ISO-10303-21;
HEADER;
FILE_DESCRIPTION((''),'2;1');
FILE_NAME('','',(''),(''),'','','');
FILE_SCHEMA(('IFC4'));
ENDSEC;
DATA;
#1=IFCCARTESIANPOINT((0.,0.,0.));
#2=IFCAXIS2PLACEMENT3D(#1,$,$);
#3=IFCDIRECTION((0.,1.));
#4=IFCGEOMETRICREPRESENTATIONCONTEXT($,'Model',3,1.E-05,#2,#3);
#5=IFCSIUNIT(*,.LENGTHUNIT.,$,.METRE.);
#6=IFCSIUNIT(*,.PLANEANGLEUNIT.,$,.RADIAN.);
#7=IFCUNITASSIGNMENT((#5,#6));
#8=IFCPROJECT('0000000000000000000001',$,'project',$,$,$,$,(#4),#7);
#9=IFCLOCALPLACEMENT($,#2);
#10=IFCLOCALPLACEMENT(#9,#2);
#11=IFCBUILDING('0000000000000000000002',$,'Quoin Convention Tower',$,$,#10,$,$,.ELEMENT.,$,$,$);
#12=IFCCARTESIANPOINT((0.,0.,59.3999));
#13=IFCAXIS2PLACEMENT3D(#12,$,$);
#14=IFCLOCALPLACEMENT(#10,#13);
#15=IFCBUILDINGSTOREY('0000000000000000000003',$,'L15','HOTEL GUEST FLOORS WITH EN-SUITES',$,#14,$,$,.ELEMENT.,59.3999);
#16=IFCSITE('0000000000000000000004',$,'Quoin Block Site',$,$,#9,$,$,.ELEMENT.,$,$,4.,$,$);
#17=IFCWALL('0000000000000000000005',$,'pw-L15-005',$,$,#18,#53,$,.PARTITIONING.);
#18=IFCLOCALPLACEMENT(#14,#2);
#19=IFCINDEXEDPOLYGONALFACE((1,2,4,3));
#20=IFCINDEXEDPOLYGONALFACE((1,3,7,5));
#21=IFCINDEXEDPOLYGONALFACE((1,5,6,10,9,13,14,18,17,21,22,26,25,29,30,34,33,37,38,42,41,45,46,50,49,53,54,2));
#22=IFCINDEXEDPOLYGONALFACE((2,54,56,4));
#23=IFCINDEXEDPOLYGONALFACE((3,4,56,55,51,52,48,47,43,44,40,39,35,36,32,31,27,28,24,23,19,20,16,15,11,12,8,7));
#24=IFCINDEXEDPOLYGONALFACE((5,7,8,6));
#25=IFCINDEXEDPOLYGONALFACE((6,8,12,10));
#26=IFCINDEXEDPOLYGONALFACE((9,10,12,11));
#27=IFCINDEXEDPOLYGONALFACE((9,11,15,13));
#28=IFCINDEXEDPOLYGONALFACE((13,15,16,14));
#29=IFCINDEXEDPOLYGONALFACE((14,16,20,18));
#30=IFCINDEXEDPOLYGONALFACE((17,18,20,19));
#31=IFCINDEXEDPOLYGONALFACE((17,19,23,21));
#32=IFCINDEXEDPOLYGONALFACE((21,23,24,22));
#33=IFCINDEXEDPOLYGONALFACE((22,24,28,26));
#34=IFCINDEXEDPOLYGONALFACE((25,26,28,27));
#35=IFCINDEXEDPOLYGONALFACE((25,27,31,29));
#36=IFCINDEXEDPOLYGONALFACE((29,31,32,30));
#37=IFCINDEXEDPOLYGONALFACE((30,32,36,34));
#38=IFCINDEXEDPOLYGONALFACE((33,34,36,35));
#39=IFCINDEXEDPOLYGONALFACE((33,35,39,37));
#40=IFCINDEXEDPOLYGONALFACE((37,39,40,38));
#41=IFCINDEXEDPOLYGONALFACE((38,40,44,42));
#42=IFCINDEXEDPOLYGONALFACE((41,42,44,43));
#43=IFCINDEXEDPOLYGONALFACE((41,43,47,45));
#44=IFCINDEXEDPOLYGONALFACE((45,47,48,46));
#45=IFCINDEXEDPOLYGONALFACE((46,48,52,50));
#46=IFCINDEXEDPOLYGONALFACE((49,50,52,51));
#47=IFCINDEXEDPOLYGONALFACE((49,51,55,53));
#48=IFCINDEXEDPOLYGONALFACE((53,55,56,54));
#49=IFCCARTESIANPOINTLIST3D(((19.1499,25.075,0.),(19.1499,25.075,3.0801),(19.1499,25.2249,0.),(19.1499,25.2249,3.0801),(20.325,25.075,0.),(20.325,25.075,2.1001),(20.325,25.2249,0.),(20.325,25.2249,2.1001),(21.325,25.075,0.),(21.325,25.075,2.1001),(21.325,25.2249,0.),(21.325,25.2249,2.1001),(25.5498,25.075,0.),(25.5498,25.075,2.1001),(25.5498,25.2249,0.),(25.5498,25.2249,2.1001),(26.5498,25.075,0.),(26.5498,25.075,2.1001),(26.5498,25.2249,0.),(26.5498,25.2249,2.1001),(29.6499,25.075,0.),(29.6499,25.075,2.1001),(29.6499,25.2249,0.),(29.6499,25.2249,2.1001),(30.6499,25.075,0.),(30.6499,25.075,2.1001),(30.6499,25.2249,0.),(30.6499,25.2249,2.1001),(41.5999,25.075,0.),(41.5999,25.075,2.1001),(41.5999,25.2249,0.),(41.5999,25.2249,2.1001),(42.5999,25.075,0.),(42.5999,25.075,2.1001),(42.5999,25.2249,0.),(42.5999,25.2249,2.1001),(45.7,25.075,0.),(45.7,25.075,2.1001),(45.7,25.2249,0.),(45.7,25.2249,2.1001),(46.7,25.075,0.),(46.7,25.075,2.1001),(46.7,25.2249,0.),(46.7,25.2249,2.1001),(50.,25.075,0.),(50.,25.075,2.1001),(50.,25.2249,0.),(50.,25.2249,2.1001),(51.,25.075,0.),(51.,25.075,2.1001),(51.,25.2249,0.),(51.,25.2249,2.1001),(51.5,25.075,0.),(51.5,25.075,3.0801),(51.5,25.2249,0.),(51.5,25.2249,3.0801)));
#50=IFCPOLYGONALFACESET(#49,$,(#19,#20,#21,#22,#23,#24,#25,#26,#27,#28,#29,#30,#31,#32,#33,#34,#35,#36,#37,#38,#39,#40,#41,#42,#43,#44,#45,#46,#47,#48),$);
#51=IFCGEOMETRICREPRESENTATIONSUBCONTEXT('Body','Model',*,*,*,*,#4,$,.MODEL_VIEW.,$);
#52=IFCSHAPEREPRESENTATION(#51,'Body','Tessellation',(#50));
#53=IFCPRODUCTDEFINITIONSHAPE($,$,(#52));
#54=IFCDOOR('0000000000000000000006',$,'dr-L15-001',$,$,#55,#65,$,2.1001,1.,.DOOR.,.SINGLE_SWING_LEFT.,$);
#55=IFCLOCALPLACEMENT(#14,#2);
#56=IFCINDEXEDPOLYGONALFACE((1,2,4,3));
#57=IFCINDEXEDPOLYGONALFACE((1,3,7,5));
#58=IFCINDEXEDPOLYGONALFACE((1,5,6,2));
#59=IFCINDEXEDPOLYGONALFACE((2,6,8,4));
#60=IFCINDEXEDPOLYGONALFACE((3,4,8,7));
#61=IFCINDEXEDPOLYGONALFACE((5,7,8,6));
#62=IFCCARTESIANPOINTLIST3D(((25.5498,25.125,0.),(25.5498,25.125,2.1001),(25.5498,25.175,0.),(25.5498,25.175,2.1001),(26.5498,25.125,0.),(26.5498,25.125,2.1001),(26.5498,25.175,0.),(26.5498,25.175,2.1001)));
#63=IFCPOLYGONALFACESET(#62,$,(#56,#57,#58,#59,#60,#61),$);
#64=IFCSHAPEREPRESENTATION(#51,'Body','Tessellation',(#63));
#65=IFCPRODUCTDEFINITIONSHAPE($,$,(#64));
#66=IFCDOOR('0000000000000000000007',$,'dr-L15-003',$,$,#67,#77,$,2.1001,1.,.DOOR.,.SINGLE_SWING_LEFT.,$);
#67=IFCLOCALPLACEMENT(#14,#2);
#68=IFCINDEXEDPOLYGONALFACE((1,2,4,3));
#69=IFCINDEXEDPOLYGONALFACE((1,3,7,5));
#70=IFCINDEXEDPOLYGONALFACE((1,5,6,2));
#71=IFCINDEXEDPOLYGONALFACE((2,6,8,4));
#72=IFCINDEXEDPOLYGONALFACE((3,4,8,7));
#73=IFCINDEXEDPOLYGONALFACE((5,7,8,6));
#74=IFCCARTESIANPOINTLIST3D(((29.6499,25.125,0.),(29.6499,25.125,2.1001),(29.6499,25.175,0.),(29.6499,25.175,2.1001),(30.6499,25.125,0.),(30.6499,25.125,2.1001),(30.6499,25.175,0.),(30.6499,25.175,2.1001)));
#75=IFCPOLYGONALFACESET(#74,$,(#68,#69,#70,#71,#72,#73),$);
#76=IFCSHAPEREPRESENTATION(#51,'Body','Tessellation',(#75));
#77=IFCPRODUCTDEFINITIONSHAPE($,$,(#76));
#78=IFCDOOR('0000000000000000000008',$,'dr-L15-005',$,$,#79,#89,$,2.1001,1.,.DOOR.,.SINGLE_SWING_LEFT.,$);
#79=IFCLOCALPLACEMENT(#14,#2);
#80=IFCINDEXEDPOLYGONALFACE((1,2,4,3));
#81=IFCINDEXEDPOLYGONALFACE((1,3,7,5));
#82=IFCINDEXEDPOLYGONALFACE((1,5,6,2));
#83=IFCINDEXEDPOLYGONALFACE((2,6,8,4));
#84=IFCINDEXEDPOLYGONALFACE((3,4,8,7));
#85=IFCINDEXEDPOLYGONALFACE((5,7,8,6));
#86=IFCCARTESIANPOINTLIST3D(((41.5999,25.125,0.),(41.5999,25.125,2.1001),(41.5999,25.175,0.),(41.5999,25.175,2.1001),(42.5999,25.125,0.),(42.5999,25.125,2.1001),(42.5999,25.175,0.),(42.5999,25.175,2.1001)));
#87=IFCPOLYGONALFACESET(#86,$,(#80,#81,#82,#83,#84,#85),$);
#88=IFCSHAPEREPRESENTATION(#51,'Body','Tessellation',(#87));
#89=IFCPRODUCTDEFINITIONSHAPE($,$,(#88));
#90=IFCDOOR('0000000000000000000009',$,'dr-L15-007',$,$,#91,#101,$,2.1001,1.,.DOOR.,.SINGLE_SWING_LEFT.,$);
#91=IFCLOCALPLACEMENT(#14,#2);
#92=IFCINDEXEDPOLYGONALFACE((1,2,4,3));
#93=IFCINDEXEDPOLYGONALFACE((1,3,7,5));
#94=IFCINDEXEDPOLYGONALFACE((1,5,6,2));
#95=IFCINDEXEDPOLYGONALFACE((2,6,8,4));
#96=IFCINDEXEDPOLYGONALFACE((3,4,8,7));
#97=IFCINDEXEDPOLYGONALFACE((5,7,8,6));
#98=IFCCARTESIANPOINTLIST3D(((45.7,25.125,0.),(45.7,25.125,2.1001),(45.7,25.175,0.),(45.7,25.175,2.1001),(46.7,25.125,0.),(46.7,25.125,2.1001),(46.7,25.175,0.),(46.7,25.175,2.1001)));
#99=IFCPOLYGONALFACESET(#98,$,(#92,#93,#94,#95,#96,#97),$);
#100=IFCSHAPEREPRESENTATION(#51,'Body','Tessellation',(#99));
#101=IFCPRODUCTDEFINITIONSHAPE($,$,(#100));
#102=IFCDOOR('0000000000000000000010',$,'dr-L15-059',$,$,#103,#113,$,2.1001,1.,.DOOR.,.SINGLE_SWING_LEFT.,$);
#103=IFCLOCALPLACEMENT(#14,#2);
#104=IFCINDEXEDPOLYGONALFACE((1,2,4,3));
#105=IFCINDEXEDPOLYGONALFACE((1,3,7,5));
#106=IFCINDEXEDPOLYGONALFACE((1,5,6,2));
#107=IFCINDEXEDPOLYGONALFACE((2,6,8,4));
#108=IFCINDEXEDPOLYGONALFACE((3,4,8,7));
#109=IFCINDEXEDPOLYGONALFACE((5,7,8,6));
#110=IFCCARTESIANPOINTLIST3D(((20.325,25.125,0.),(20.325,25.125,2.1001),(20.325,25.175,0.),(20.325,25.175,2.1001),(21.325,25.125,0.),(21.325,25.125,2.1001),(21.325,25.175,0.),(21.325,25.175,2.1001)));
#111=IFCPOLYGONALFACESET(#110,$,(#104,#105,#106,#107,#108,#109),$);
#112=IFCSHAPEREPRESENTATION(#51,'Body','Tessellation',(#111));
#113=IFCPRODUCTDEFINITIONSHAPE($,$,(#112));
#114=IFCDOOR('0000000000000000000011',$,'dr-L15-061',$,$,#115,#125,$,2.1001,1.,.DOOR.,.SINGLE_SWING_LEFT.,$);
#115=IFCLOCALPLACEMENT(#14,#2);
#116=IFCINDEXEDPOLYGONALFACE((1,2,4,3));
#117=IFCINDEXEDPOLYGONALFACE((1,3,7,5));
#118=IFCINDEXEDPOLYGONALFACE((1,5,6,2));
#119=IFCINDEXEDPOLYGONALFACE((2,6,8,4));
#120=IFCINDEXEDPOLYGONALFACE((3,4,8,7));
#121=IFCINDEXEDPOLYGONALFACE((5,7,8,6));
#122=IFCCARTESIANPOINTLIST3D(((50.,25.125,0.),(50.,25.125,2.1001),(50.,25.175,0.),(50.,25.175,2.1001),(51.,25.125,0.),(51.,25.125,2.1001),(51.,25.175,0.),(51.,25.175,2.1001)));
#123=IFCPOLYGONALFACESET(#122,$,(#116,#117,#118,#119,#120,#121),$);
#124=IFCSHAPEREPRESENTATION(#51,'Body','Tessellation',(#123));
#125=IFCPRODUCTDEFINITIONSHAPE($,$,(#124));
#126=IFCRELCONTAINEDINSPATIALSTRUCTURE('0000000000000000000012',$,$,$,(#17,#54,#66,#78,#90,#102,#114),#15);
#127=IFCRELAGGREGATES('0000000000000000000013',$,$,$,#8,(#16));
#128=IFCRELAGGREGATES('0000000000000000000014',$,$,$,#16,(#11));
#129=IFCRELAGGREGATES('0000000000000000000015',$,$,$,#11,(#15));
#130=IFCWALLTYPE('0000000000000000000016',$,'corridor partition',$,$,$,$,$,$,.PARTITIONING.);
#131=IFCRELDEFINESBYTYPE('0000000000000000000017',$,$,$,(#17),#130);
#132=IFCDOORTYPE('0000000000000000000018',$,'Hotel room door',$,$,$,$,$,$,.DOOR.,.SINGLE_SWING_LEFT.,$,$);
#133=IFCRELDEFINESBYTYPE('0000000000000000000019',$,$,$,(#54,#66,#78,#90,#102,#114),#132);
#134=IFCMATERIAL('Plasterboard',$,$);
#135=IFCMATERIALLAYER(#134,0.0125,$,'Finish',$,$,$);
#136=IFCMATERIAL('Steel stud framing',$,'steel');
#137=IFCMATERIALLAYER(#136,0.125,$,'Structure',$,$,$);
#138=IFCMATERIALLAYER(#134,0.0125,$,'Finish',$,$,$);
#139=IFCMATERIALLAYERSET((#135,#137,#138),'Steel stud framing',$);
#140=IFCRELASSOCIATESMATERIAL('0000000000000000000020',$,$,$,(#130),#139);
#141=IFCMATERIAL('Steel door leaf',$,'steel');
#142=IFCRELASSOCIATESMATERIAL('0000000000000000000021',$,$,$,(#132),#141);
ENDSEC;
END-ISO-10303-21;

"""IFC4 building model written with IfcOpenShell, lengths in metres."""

from ifc_helpers import new_model, si_unit, direction, frame, frame_2d, origin, place, context, subcontext, project, spatial, rectangle, extrude, material, layer, layer_set, type_object, element, fill, save


model = new_model("IFC4")

# Units and contexts
model_context = context("Model", 3, precision=1e-05, world=origin(), true_north=direction((0.0, 1.0)))
body_context = subcontext(model_context, "Body", "Model", "MODEL_VIEW")
ifc_project = project(units=[si_unit("LENGTHUNIT", "METRE"), si_unit("PLANEANGLEUNIT", "RADIAN")], contexts=[model_context])

# Site, building, storey
site_placement = place(None, origin())
site = spatial("IfcSite", under=ifc_project, at=site_placement, Name="Quoin Block Site", CompositionType="ELEMENT", RefElevation=4.0)
building_placement = place(site_placement, origin())
building = spatial("IfcBuilding", under=site, at=building_placement, Name="Quoin Convention Tower", CompositionType="ELEMENT")
storey_placement = place(building_placement, frame((0.0, 0.0, 59.3999)))
storey = spatial("IfcBuildingStorey", under=building, at=storey_placement, Name="L15", Description="HOTEL GUEST FLOORS WITH EN-SUITES", CompositionType="ELEMENT", Elevation=59.3999)

# Shared definitions
ifc_material_1 = material(Name="Steel door leaf", Category="steel")

# Wall, openings, doors
ifc_material_2 = material(Name="Plasterboard")
ifc_layer_1 = layer(ifc_material_2, 0.0125, Name="Finish")
ifc_material_3 = material(Name="Steel stud framing", Category="steel")
ifc_layer_2 = layer(ifc_material_3, 0.125, Name="Structure")
ifc_layer_3 = layer(ifc_material_2, 0.0125, Name="Finish")
ifc_layer_set_1 = layer_set([ifc_layer_1, ifc_layer_2, ifc_layer_3], Name="Steel stud framing")
wall_type_1 = type_object("IfcWallType", Name="corridor partition", PredefinedType="PARTITIONING", material=ifc_layer_set_1)
wall_1_placement = place(storey_placement, frame((19.1499, 25.1499, 0.0), z_axis=(0.0, 0.0, 1.0), x_axis=(1.0, 0.0, 0.0)))
wall_1 = element("IfcWall", 1, at=wall_1_placement, inside=storey, type_object=wall_type_1, Name="pw-L15-005", PredefinedType="PARTITIONING", context=body_context, shape_type="SweptSolid", body=[
    extrude(rectangle(XDim=32.3501, YDim=0.1499, at=frame_2d((16.175, 0.0))), origin(), (0.0, 0.0, 1.0), 3.0801),
])
opening_1_placement = place(wall_1_placement, frame((6.3999, 0.0, 0.0)))
opening_1 = element("IfcOpeningElement", 2, at=opening_1_placement, cuts=wall_1, PredefinedType="OPENING", context=body_context, shape_type="SweptSolid", body=[
    extrude(rectangle(XDim=1.0, YDim=2.1001, at=frame_2d((0.5, 1.05))), frame((0.0, 0.085, 0.0), z_axis=(0.0, -1.0, 0.0), x_axis=(1.0, 0.0, 0.0)), (0.0, 0.0, 1.0), 0.1699),
])
opening_2_placement = place(wall_1_placement, frame((10.5, 0.0, 0.0)))
opening_2 = element("IfcOpeningElement", 3, at=opening_2_placement, cuts=wall_1, PredefinedType="OPENING", context=body_context, shape_type="SweptSolid", body=[
    extrude(rectangle(XDim=1.0, YDim=2.1001, at=frame_2d((0.5, 1.05))), frame((0.0, 0.085, 0.0), z_axis=(0.0, -1.0, 0.0), x_axis=(1.0, 0.0, 0.0)), (0.0, 0.0, 1.0), 0.1699),
])
opening_3_placement = place(wall_1_placement, frame((22.45, 0.0, 0.0)))
opening_3 = element("IfcOpeningElement", 4, at=opening_3_placement, cuts=wall_1, PredefinedType="OPENING", context=body_context, shape_type="SweptSolid", body=[
    extrude(rectangle(XDim=1.0, YDim=2.1001, at=frame_2d((0.5, 1.05))), frame((0.0, 0.085, 0.0), z_axis=(0.0, -1.0, 0.0), x_axis=(1.0, 0.0, 0.0)), (0.0, 0.0, 1.0), 0.1699),
])
opening_4_placement = place(wall_1_placement, frame((26.55, 0.0, 0.0)))
opening_4 = element("IfcOpeningElement", 5, at=opening_4_placement, cuts=wall_1, PredefinedType="OPENING", context=body_context, shape_type="SweptSolid", body=[
    extrude(rectangle(XDim=1.0, YDim=2.1001, at=frame_2d((0.5, 1.05))), frame((0.0, 0.085, 0.0), z_axis=(0.0, -1.0, 0.0), x_axis=(1.0, 0.0, 0.0)), (0.0, 0.0, 1.0), 0.1699),
])
opening_5_placement = place(wall_1_placement, frame((1.175, 0.0, 0.0)))
opening_5 = element("IfcOpeningElement", 6, at=opening_5_placement, cuts=wall_1, PredefinedType="OPENING", context=body_context, shape_type="SweptSolid", body=[
    extrude(rectangle(XDim=1.0, YDim=2.1001, at=frame_2d((0.5, 1.05))), frame((0.0, 0.085, 0.0), z_axis=(0.0, -1.0, 0.0), x_axis=(1.0, 0.0, 0.0)), (0.0, 0.0, 1.0), 0.1699),
])
opening_6_placement = place(wall_1_placement, frame((30.8501, 0.0, 0.0)))
opening_6 = element("IfcOpeningElement", 7, at=opening_6_placement, cuts=wall_1, PredefinedType="OPENING", context=body_context, shape_type="SweptSolid", body=[
    extrude(rectangle(XDim=1.0, YDim=2.1001, at=frame_2d((0.5, 1.05))), frame((0.0, 0.085, 0.0), z_axis=(0.0, -1.0, 0.0), x_axis=(1.0, 0.0, 0.0)), (0.0, 0.0, 1.0), 0.1699),
])
door_type_1 = type_object("IfcDoorType", Name="Hotel room door", OperationType="SINGLE_SWING_LEFT", PredefinedType="DOOR", material=ifc_material_1)
door_1_placement = place(opening_1_placement, frame((1.0, 0.0, 0.0), z_axis=(0.0, 0.0, 1.0), x_axis=(-1.0, 0.0, 0.0)))
door_1 = element("IfcDoor", 8, at=door_1_placement, inside=storey, type_object=door_type_1, Name="dr-L15-001", OperationType="SINGLE_SWING_LEFT", OverallHeight=2.1001, OverallWidth=1.0, PredefinedType="DOOR", context=body_context, shape_type="SweptSolid", body=[
    extrude(rectangle(XDim=1.0, YDim=2.1001, at=frame_2d((0.5, 1.05))), frame((0.0, 0.0249, 0.0), z_axis=(0.0, -1.0, 0.0), x_axis=(1.0, 0.0, 0.0)), (0.0, 0.0, 1.0), 0.05),
])
fill(opening_1, door_1)
door_2_placement = place(opening_2_placement, frame((1.0, 0.0, 0.0), z_axis=(0.0, 0.0, 1.0), x_axis=(-1.0, 0.0, 0.0)))
door_2 = element("IfcDoor", 9, at=door_2_placement, inside=storey, type_object=door_type_1, Name="dr-L15-003", OperationType="SINGLE_SWING_LEFT", OverallHeight=2.1001, OverallWidth=1.0, PredefinedType="DOOR", context=body_context, shape_type="SweptSolid", body=[
    extrude(rectangle(XDim=1.0, YDim=2.1001, at=frame_2d((0.5, 1.05))), frame((0.0, 0.0249, 0.0), z_axis=(0.0, -1.0, 0.0), x_axis=(1.0, 0.0, 0.0)), (0.0, 0.0, 1.0), 0.05),
])
fill(opening_2, door_2)
door_3_placement = place(opening_3_placement, frame((1.0, 0.0, 0.0), z_axis=(0.0, 0.0, 1.0), x_axis=(-1.0, 0.0, 0.0)))
door_3 = element("IfcDoor", 10, at=door_3_placement, inside=storey, type_object=door_type_1, Name="dr-L15-005", OperationType="SINGLE_SWING_LEFT", OverallHeight=2.1001, OverallWidth=1.0, PredefinedType="DOOR", context=body_context, shape_type="SweptSolid", body=[
    extrude(rectangle(XDim=1.0, YDim=2.1001, at=frame_2d((0.5, 1.05))), frame((0.0, 0.0249, 0.0), z_axis=(0.0, -1.0, 0.0), x_axis=(1.0, 0.0, 0.0)), (0.0, 0.0, 1.0), 0.05),
])
fill(opening_3, door_3)
door_4_placement = place(opening_4_placement, frame((1.0, 0.0, 0.0), z_axis=(0.0, 0.0, 1.0), x_axis=(-1.0, 0.0, 0.0)))
door_4 = element("IfcDoor", 11, at=door_4_placement, inside=storey, type_object=door_type_1, Name="dr-L15-007", OperationType="SINGLE_SWING_LEFT", OverallHeight=2.1001, OverallWidth=1.0, PredefinedType="DOOR", context=body_context, shape_type="SweptSolid", body=[
    extrude(rectangle(XDim=1.0, YDim=2.1001, at=frame_2d((0.5, 1.05))), frame((0.0, 0.0249, 0.0), z_axis=(0.0, -1.0, 0.0), x_axis=(1.0, 0.0, 0.0)), (0.0, 0.0, 1.0), 0.05),
])
fill(opening_4, door_4)
door_5_placement = place(opening_5_placement, frame((1.0, 0.0, 0.0), z_axis=(0.0, 0.0, 1.0), x_axis=(-1.0, 0.0, 0.0)))
door_5 = element("IfcDoor", 12, at=door_5_placement, inside=storey, type_object=door_type_1, Name="dr-L15-059", OperationType="SINGLE_SWING_LEFT", OverallHeight=2.1001, OverallWidth=1.0, PredefinedType="DOOR", context=body_context, shape_type="SweptSolid", body=[
    extrude(rectangle(XDim=1.0, YDim=2.1001, at=frame_2d((0.5, 1.05))), frame((0.0, 0.0249, 0.0), z_axis=(0.0, -1.0, 0.0), x_axis=(1.0, 0.0, 0.0)), (0.0, 0.0, 1.0), 0.05),
])
fill(opening_5, door_5)
door_6_placement = place(opening_6_placement, frame((1.0, 0.0, 0.0), z_axis=(0.0, 0.0, 1.0), x_axis=(-1.0, 0.0, 0.0)))
door_6 = element("IfcDoor", 13, at=door_6_placement, inside=storey, type_object=door_type_1, Name="dr-L15-061", OperationType="SINGLE_SWING_LEFT", OverallHeight=2.1001, OverallWidth=1.0, PredefinedType="DOOR", context=body_context, shape_type="SweptSolid", body=[
    extrude(rectangle(XDim=1.0, YDim=2.1001, at=frame_2d((0.5, 1.05))), frame((0.0, 0.0249, 0.0), z_axis=(0.0, -1.0, 0.0), x_axis=(1.0, 0.0, 0.0)), (0.0, 0.0, 1.0), 0.05),
])
fill(opening_6, door_6)

save(model, "model.ifc")
